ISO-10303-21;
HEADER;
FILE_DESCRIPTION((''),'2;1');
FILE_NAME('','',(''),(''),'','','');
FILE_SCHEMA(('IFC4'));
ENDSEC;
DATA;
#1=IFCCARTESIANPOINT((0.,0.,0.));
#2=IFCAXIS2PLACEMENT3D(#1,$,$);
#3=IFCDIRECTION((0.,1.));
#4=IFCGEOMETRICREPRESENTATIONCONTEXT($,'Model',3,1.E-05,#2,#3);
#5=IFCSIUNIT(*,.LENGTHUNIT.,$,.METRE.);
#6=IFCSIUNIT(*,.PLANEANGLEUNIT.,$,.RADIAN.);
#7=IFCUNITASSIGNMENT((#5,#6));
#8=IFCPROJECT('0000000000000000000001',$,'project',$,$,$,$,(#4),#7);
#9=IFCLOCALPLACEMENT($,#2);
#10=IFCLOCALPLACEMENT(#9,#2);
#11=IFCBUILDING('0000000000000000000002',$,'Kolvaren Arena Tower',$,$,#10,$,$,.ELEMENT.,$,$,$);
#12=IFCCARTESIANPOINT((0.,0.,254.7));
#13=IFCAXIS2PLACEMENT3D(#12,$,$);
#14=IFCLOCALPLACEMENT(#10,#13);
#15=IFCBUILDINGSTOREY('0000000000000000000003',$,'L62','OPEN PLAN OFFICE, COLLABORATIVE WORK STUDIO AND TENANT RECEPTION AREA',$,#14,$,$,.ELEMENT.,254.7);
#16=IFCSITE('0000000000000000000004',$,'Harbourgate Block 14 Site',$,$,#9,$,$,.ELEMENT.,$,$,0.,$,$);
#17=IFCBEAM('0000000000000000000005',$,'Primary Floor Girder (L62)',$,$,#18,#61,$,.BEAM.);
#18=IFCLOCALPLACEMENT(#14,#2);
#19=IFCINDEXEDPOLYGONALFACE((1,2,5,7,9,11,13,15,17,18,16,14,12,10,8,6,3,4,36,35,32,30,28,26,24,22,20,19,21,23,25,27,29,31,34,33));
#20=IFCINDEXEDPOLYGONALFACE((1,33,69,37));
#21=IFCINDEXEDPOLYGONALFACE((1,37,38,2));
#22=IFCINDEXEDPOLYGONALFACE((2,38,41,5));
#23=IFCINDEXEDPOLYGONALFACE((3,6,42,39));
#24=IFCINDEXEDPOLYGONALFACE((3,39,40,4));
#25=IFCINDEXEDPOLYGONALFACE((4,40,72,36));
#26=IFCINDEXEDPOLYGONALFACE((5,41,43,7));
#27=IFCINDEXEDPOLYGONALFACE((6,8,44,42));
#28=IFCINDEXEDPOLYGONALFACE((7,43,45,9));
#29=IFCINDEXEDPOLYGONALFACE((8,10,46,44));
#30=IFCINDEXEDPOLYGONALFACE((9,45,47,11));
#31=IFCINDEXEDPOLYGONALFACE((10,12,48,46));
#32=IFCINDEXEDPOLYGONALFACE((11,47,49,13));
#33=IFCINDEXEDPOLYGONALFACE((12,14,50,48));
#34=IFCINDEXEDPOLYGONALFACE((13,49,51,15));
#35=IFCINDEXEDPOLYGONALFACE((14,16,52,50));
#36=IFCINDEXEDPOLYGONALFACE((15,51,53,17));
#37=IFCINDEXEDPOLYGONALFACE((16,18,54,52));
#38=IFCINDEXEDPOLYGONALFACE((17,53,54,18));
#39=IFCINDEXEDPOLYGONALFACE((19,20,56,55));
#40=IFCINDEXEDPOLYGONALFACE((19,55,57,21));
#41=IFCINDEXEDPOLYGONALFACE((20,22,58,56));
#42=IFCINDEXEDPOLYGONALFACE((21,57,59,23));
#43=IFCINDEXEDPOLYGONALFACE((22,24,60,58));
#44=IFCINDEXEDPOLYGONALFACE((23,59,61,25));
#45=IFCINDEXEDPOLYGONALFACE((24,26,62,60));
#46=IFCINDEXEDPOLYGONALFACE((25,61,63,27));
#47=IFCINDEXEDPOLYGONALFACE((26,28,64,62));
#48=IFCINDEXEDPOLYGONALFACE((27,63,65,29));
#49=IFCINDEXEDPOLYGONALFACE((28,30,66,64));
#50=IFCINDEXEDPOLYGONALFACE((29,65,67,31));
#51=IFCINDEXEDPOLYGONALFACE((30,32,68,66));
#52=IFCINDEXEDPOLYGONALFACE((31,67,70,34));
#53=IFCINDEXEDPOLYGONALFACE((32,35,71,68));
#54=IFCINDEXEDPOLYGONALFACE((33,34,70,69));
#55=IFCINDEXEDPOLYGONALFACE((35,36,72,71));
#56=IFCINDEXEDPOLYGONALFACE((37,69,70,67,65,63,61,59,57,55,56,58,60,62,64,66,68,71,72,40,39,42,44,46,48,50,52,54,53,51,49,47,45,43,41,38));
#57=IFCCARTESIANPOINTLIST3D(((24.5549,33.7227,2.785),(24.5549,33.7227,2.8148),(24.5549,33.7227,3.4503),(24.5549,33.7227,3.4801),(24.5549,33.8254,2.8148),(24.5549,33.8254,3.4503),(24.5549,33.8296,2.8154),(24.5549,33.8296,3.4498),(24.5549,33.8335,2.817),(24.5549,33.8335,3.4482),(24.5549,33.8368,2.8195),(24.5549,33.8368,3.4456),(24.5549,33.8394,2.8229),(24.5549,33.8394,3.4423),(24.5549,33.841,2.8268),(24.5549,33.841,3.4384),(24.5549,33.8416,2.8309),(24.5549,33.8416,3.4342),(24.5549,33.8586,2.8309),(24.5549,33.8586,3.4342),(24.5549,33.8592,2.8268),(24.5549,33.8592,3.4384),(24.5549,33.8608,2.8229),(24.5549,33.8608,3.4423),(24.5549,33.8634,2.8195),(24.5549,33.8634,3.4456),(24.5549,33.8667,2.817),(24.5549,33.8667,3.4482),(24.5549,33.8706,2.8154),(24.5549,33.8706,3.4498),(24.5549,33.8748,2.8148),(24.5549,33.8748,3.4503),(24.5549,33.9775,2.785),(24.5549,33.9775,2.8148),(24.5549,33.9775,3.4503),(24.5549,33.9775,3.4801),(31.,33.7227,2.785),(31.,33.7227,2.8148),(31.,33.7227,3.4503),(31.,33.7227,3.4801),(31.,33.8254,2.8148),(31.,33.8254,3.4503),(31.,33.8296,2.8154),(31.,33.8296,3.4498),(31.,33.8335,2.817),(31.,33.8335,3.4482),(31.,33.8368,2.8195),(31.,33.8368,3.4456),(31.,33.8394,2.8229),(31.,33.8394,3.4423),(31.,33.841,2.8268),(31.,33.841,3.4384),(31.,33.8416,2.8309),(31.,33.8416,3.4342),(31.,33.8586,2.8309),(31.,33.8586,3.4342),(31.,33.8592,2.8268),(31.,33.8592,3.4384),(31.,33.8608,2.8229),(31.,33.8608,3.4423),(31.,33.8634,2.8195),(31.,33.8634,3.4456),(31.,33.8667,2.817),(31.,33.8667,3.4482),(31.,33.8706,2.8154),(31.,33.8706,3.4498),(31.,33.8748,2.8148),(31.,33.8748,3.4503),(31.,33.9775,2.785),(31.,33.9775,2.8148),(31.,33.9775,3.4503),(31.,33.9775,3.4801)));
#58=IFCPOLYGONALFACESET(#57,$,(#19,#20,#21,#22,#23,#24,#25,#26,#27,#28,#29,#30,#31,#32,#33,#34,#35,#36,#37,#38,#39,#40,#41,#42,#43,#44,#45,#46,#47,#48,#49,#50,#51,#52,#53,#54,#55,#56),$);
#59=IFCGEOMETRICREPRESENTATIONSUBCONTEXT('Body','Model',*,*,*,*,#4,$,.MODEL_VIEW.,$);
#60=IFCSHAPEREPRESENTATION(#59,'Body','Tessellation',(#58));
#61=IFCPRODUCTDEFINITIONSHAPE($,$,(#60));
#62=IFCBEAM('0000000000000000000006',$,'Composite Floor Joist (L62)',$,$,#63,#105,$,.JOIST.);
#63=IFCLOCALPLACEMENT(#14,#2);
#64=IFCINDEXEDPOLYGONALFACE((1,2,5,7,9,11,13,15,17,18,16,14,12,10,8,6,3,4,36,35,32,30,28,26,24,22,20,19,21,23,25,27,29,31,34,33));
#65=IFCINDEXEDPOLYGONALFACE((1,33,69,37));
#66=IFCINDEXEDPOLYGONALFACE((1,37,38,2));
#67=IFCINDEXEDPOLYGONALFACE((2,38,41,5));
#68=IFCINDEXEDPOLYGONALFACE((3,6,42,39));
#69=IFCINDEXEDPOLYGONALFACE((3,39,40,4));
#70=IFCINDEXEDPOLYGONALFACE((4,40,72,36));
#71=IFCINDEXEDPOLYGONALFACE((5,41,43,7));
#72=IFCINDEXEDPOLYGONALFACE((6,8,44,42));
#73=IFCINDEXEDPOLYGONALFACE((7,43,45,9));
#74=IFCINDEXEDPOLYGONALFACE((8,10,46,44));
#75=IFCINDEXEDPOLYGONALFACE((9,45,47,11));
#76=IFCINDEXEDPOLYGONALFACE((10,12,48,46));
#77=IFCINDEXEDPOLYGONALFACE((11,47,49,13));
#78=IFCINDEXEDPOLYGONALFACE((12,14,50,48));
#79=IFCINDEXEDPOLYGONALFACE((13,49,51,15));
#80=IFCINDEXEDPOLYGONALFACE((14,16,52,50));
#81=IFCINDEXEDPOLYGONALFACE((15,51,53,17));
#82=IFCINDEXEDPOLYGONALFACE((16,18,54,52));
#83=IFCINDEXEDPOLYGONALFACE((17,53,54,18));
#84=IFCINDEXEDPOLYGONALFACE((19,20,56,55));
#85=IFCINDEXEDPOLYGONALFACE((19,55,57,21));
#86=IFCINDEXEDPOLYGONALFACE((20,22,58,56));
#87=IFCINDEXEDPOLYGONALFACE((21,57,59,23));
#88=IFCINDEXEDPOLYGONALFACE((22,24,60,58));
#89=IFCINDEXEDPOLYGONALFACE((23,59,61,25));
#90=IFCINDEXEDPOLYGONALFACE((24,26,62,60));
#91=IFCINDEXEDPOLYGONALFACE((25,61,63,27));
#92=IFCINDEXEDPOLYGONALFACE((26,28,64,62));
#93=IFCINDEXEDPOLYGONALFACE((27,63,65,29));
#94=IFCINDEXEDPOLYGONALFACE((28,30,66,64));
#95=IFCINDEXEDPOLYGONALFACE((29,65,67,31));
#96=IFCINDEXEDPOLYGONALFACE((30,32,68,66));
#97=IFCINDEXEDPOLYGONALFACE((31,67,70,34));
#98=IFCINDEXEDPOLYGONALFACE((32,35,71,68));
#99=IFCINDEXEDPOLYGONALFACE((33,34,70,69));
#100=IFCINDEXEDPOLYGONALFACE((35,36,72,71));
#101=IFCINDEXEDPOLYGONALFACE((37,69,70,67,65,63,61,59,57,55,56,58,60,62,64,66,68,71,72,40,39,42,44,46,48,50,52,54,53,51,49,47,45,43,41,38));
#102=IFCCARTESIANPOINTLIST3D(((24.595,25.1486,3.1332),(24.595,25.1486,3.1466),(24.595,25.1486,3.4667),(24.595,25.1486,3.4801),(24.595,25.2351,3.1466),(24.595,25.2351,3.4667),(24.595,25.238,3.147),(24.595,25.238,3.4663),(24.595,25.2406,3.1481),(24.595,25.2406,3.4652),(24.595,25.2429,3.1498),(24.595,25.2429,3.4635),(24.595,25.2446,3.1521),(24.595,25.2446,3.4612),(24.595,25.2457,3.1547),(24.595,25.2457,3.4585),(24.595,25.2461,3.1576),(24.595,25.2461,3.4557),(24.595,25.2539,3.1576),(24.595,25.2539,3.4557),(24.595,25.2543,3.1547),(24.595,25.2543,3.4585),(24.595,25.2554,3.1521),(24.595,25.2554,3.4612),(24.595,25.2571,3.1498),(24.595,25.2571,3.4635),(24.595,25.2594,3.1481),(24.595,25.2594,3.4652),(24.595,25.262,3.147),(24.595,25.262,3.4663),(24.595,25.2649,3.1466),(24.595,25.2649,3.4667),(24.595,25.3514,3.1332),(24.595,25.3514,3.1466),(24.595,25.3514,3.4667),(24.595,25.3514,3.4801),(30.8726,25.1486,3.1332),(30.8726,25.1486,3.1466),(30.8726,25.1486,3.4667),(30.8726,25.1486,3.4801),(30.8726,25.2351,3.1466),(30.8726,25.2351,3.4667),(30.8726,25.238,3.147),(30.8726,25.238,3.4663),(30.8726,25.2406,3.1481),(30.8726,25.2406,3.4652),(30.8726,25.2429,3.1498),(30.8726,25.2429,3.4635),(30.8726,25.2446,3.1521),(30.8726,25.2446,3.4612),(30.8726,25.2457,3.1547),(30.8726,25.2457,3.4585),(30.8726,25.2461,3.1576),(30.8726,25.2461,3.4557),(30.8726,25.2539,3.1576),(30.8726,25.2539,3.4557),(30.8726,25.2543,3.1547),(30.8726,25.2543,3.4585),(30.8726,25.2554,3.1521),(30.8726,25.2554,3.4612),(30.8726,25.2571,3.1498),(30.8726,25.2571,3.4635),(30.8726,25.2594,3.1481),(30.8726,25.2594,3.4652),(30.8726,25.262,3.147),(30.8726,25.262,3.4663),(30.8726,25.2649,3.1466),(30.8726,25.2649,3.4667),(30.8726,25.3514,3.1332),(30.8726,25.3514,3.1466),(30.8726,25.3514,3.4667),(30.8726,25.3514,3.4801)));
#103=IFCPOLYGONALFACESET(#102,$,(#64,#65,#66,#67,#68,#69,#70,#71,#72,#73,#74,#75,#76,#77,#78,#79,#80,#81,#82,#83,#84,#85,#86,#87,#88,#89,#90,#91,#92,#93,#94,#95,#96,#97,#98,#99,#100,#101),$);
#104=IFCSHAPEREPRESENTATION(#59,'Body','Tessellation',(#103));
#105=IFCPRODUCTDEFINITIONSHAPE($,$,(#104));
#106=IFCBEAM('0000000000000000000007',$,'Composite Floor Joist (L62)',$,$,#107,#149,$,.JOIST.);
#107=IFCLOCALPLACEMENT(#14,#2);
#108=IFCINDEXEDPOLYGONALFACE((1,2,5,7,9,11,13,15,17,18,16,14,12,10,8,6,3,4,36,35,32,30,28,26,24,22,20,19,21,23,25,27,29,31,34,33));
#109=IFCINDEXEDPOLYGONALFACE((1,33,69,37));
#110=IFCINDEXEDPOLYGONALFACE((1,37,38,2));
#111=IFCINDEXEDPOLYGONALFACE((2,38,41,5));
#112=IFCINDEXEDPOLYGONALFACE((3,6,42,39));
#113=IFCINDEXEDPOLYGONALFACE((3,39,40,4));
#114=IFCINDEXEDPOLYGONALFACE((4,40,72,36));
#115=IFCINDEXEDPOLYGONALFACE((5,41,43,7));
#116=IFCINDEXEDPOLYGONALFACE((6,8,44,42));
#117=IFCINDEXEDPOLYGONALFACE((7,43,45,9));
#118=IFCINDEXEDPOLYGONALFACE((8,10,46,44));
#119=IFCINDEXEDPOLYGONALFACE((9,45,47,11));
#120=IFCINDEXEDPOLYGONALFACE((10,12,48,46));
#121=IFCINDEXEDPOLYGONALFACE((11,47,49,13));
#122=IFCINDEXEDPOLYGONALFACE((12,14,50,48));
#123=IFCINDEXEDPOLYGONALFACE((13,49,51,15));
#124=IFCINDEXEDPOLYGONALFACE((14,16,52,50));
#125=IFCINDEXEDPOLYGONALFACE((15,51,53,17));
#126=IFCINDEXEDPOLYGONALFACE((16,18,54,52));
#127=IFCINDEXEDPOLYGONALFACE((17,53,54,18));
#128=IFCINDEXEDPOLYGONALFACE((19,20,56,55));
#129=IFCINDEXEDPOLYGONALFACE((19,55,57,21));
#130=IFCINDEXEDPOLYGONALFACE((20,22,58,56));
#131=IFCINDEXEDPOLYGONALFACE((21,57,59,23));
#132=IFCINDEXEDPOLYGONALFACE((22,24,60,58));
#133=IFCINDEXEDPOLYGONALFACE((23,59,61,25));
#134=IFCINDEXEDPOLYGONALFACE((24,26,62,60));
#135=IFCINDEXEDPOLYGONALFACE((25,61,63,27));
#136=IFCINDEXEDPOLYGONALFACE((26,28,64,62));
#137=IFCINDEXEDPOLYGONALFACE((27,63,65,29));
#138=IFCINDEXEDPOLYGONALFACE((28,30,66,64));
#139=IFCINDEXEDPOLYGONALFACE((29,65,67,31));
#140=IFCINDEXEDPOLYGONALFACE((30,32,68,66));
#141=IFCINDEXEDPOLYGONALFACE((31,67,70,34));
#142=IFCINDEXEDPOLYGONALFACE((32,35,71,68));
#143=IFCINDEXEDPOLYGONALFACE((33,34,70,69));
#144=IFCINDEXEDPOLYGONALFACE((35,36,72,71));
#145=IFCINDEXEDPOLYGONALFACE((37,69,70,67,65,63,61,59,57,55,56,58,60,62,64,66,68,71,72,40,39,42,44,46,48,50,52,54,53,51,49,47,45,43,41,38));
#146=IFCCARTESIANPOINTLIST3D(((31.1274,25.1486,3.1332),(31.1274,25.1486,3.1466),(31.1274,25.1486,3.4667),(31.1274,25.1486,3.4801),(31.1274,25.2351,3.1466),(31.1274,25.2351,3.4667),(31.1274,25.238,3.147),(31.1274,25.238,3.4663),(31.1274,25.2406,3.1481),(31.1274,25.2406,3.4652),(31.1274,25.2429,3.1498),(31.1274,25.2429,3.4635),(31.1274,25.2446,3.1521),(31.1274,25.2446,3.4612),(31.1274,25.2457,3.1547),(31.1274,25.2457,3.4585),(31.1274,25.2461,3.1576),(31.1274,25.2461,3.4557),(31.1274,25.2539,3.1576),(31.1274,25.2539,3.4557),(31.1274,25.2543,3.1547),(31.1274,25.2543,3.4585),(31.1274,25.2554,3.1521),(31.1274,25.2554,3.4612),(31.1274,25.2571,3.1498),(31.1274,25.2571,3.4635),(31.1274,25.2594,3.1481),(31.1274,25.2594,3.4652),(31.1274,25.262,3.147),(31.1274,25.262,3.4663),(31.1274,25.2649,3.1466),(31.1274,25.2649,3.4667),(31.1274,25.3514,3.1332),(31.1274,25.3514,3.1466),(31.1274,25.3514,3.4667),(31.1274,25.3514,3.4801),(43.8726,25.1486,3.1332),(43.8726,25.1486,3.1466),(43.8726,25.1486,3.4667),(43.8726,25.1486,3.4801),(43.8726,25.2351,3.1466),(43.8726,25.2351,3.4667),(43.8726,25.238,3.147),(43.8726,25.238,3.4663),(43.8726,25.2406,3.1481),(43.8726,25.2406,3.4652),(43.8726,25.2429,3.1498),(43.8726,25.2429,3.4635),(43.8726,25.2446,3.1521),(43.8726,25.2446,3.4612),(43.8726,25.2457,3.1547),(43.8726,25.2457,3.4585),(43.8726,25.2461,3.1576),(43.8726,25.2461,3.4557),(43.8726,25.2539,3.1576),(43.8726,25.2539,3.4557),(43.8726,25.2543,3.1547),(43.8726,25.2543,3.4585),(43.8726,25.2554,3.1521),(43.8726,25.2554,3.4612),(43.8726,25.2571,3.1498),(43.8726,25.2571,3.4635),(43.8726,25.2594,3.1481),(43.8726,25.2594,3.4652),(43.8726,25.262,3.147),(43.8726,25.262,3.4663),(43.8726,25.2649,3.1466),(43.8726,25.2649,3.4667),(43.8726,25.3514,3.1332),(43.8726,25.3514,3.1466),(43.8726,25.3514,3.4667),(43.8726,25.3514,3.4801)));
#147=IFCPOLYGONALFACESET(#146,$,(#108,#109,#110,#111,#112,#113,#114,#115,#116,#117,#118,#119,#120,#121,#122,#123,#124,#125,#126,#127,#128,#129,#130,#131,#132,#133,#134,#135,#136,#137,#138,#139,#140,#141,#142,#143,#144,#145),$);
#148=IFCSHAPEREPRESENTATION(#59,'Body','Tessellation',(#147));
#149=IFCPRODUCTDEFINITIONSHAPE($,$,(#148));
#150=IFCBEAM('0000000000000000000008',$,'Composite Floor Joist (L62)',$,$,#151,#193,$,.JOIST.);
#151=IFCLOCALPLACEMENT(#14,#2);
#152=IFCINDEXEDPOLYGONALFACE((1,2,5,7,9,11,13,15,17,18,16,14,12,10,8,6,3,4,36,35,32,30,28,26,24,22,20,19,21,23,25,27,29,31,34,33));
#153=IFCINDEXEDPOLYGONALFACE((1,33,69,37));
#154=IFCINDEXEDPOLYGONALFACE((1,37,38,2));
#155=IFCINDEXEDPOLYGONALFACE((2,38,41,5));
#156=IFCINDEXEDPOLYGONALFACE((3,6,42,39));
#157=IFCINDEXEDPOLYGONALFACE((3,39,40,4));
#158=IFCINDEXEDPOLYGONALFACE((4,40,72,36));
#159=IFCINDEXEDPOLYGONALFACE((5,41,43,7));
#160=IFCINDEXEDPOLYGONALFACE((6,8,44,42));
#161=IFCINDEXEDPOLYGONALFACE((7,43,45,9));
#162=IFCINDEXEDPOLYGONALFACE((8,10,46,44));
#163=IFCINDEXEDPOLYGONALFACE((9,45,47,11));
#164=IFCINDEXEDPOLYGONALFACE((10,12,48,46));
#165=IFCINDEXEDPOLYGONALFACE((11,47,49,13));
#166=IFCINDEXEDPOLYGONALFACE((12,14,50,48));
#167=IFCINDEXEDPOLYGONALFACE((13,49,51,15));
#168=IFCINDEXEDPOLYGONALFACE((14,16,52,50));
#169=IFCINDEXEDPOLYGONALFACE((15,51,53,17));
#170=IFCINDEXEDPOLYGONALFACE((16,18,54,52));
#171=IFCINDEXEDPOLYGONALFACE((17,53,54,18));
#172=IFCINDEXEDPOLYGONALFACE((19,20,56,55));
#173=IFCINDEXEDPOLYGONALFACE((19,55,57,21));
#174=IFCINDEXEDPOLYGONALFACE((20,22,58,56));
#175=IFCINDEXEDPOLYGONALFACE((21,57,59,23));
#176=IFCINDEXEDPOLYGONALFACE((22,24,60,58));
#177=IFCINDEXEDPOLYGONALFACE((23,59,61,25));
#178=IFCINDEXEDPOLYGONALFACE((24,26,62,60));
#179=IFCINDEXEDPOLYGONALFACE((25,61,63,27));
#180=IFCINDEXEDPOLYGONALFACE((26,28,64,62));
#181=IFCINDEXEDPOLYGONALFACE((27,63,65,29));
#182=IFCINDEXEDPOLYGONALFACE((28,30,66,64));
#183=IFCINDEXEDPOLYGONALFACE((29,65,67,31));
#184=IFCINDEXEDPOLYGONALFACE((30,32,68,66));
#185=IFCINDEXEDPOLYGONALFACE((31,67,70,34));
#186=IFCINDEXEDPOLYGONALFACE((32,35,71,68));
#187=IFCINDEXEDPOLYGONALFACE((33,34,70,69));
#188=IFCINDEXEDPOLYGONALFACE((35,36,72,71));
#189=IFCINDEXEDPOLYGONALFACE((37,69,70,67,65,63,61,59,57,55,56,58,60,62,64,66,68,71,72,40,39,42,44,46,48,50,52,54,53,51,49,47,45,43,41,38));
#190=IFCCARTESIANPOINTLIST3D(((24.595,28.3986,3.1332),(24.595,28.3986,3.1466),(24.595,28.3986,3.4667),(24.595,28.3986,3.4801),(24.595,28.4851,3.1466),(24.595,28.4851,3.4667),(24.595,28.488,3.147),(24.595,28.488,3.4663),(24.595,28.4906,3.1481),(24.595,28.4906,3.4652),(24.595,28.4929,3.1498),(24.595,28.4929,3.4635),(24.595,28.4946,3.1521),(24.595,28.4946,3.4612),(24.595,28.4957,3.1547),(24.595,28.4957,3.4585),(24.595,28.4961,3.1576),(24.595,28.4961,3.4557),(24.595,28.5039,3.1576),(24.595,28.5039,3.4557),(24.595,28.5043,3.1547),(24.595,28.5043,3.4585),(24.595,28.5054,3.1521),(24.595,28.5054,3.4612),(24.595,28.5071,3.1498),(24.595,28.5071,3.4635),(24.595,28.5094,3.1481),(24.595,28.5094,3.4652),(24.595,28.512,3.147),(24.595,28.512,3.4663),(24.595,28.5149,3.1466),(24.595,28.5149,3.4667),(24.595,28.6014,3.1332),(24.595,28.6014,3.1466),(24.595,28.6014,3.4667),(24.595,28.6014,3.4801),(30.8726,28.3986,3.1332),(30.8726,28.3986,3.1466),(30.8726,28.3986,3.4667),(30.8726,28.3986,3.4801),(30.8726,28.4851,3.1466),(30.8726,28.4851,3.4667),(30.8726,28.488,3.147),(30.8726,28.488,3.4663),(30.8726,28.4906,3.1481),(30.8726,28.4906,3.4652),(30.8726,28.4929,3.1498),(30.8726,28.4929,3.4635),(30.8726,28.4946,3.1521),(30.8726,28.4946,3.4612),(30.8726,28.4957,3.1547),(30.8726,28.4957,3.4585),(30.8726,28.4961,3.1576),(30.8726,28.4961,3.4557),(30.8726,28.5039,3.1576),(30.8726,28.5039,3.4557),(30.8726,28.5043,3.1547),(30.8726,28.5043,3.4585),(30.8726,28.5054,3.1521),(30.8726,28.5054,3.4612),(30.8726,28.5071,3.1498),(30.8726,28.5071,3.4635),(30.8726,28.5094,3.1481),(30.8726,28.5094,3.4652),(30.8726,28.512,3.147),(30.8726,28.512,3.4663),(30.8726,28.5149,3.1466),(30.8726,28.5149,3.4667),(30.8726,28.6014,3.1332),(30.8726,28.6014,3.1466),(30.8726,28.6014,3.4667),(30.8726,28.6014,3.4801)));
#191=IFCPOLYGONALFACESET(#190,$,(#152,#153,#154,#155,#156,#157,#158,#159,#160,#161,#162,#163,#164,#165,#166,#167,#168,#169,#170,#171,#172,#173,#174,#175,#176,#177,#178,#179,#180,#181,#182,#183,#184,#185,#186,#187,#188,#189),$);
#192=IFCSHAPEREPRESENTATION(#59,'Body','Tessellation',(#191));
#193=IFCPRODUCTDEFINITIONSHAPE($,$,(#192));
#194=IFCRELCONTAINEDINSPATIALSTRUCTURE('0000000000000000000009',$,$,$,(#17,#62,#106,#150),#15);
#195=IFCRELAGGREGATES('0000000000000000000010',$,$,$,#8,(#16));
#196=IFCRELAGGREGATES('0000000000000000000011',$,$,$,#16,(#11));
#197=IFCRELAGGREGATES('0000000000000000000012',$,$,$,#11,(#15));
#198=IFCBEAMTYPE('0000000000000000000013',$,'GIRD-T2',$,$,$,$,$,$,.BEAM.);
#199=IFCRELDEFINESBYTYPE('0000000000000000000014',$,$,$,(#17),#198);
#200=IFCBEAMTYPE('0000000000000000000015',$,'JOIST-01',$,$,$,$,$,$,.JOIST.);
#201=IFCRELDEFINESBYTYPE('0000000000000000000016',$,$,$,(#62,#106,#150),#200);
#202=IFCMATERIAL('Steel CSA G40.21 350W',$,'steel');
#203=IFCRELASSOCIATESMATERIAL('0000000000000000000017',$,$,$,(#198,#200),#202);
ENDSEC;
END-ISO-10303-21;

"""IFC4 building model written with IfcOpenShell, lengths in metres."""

from ifc_helpers import new_model, si_unit, direction, frame, origin, origin_2d, place, context, subcontext, project, spatial, i_section, extrude, material, material_profile, profile_set, type_object, element, save


model = new_model("IFC4")

# Units and contexts
model_context = context("Model", 3, precision=1e-05, world=origin(), true_north=direction((0.0, 1.0)))
body_context = subcontext(model_context, "Body", "Model", "MODEL_VIEW")
ifc_project = project(units=[si_unit("LENGTHUNIT", "METRE"), si_unit("PLANEANGLEUNIT", "RADIAN")], contexts=[model_context])

# Site, building, storey
site_placement = place(None, origin())
site = spatial("IfcSite", under=ifc_project, at=site_placement, Name="Harbourgate Block 14 Site", CompositionType="ELEMENT", RefElevation=0.0)
building_placement = place(site_placement, origin())
building = spatial("IfcBuilding", under=site, at=building_placement, Name="Kolvaren Arena Tower", CompositionType="ELEMENT")
storey_placement = place(building_placement, frame((0.0, 0.0, 254.7)))
storey = spatial("IfcBuildingStorey", under=building, at=storey_placement, Name="L62", Description="OPEN PLAN OFFICE, COLLABORATIVE WORK STUDIO AND TENANT RECEPTION AREA", CompositionType="ELEMENT", Elevation=254.7)

# Beams
ifc_material_1 = material(Name="Steel CSA G40.21 350W", Category="steel")
ifc_material_profile_1 = material_profile(ifc_material_1, i_section(OverallWidth=0.2549, OverallDepth=0.6951, WebThickness=0.0171, FlangeThickness=0.0298, FilletRadius=0.0161, at=origin_2d()), Name="W690x217")
ifc_profile_set_1 = profile_set([ifc_material_profile_1], Name="Steel CSA G40.21 350W")
beam_type_1 = type_object("IfcBeamType", Name="GIRD-T2", PredefinedType="BEAM", material=ifc_profile_set_1)
beam_1_placement = place(storey_placement, frame((24.5549, 33.8501, 3.1326), z_axis=(1.0, 0.0, 0.0), x_axis=(0.0, 1.0, 0.0)))
element("IfcBeam", 1, at=beam_1_placement, inside=storey, type_object=beam_type_1, Name="Primary Floor Girder (L62)", PredefinedType="BEAM", context=body_context, shape_type="SweptSolid", body=[
    extrude(i_section(OverallWidth=0.2549, OverallDepth=0.6951, WebThickness=0.0171, FlangeThickness=0.0298, FilletRadius=0.0161, at=origin_2d()), origin(), (0.0, 0.0, 1.0), 6.4451),
])
ifc_material_profile_2 = material_profile(ifc_material_1, i_section(OverallWidth=0.2029, OverallDepth=0.3469, WebThickness=0.0078, FlangeThickness=0.0134, FilletRadius=0.011, at=origin_2d()), Name="W360x64")
ifc_profile_set_2 = profile_set([ifc_material_profile_2], Name="Steel CSA G40.21 350W")
beam_type_2 = type_object("IfcBeamType", Name="JOIST-01", PredefinedType="JOIST", material=ifc_profile_set_2)
beam_2_placement = place(storey_placement, frame((24.595, 25.25, 3.3066), z_axis=(1.0, 0.0, 0.0), x_axis=(0.0, 1.0, 0.0)))
element("IfcBeam", 2, at=beam_2_placement, inside=storey, type_object=beam_type_2, Name="Composite Floor Joist (L62)", PredefinedType="JOIST", context=body_context, shape_type="SweptSolid", body=[
    extrude(i_section(OverallWidth=0.2029, OverallDepth=0.3469, WebThickness=0.0078, FlangeThickness=0.0134, FilletRadius=0.011, at=origin_2d()), origin(), (0.0, 0.0, 1.0), 6.2776),
])
beam_3_placement = place(storey_placement, frame((31.1274, 25.25, 3.3066), z_axis=(1.0, 0.0, 0.0), x_axis=(0.0, 1.0, 0.0)))
element("IfcBeam", 3, at=beam_3_placement, inside=storey, type_object=beam_type_2, Name="Composite Floor Joist (L62)", PredefinedType="JOIST", context=body_context, shape_type="SweptSolid", body=[
    extrude(i_section(OverallWidth=0.2029, OverallDepth=0.3469, WebThickness=0.0078, FlangeThickness=0.0134, FilletRadius=0.011, at=origin_2d()), origin(), (0.0, 0.0, 1.0), 12.7451),
])
beam_4_placement = place(storey_placement, frame((24.595, 28.5, 3.3066), z_axis=(1.0, 0.0, 0.0), x_axis=(0.0, 1.0, 0.0)))
element("IfcBeam", 4, at=beam_4_placement, inside=storey, type_object=beam_type_2, Name="Composite Floor Joist (L62)", PredefinedType="JOIST", context=body_context, shape_type="SweptSolid", body=[
    extrude(i_section(OverallWidth=0.2029, OverallDepth=0.3469, WebThickness=0.0078, FlangeThickness=0.0134, FilletRadius=0.011, at=origin_2d()), origin(), (0.0, 0.0, 1.0), 6.2776),
])

save(model, "model.ifc")
